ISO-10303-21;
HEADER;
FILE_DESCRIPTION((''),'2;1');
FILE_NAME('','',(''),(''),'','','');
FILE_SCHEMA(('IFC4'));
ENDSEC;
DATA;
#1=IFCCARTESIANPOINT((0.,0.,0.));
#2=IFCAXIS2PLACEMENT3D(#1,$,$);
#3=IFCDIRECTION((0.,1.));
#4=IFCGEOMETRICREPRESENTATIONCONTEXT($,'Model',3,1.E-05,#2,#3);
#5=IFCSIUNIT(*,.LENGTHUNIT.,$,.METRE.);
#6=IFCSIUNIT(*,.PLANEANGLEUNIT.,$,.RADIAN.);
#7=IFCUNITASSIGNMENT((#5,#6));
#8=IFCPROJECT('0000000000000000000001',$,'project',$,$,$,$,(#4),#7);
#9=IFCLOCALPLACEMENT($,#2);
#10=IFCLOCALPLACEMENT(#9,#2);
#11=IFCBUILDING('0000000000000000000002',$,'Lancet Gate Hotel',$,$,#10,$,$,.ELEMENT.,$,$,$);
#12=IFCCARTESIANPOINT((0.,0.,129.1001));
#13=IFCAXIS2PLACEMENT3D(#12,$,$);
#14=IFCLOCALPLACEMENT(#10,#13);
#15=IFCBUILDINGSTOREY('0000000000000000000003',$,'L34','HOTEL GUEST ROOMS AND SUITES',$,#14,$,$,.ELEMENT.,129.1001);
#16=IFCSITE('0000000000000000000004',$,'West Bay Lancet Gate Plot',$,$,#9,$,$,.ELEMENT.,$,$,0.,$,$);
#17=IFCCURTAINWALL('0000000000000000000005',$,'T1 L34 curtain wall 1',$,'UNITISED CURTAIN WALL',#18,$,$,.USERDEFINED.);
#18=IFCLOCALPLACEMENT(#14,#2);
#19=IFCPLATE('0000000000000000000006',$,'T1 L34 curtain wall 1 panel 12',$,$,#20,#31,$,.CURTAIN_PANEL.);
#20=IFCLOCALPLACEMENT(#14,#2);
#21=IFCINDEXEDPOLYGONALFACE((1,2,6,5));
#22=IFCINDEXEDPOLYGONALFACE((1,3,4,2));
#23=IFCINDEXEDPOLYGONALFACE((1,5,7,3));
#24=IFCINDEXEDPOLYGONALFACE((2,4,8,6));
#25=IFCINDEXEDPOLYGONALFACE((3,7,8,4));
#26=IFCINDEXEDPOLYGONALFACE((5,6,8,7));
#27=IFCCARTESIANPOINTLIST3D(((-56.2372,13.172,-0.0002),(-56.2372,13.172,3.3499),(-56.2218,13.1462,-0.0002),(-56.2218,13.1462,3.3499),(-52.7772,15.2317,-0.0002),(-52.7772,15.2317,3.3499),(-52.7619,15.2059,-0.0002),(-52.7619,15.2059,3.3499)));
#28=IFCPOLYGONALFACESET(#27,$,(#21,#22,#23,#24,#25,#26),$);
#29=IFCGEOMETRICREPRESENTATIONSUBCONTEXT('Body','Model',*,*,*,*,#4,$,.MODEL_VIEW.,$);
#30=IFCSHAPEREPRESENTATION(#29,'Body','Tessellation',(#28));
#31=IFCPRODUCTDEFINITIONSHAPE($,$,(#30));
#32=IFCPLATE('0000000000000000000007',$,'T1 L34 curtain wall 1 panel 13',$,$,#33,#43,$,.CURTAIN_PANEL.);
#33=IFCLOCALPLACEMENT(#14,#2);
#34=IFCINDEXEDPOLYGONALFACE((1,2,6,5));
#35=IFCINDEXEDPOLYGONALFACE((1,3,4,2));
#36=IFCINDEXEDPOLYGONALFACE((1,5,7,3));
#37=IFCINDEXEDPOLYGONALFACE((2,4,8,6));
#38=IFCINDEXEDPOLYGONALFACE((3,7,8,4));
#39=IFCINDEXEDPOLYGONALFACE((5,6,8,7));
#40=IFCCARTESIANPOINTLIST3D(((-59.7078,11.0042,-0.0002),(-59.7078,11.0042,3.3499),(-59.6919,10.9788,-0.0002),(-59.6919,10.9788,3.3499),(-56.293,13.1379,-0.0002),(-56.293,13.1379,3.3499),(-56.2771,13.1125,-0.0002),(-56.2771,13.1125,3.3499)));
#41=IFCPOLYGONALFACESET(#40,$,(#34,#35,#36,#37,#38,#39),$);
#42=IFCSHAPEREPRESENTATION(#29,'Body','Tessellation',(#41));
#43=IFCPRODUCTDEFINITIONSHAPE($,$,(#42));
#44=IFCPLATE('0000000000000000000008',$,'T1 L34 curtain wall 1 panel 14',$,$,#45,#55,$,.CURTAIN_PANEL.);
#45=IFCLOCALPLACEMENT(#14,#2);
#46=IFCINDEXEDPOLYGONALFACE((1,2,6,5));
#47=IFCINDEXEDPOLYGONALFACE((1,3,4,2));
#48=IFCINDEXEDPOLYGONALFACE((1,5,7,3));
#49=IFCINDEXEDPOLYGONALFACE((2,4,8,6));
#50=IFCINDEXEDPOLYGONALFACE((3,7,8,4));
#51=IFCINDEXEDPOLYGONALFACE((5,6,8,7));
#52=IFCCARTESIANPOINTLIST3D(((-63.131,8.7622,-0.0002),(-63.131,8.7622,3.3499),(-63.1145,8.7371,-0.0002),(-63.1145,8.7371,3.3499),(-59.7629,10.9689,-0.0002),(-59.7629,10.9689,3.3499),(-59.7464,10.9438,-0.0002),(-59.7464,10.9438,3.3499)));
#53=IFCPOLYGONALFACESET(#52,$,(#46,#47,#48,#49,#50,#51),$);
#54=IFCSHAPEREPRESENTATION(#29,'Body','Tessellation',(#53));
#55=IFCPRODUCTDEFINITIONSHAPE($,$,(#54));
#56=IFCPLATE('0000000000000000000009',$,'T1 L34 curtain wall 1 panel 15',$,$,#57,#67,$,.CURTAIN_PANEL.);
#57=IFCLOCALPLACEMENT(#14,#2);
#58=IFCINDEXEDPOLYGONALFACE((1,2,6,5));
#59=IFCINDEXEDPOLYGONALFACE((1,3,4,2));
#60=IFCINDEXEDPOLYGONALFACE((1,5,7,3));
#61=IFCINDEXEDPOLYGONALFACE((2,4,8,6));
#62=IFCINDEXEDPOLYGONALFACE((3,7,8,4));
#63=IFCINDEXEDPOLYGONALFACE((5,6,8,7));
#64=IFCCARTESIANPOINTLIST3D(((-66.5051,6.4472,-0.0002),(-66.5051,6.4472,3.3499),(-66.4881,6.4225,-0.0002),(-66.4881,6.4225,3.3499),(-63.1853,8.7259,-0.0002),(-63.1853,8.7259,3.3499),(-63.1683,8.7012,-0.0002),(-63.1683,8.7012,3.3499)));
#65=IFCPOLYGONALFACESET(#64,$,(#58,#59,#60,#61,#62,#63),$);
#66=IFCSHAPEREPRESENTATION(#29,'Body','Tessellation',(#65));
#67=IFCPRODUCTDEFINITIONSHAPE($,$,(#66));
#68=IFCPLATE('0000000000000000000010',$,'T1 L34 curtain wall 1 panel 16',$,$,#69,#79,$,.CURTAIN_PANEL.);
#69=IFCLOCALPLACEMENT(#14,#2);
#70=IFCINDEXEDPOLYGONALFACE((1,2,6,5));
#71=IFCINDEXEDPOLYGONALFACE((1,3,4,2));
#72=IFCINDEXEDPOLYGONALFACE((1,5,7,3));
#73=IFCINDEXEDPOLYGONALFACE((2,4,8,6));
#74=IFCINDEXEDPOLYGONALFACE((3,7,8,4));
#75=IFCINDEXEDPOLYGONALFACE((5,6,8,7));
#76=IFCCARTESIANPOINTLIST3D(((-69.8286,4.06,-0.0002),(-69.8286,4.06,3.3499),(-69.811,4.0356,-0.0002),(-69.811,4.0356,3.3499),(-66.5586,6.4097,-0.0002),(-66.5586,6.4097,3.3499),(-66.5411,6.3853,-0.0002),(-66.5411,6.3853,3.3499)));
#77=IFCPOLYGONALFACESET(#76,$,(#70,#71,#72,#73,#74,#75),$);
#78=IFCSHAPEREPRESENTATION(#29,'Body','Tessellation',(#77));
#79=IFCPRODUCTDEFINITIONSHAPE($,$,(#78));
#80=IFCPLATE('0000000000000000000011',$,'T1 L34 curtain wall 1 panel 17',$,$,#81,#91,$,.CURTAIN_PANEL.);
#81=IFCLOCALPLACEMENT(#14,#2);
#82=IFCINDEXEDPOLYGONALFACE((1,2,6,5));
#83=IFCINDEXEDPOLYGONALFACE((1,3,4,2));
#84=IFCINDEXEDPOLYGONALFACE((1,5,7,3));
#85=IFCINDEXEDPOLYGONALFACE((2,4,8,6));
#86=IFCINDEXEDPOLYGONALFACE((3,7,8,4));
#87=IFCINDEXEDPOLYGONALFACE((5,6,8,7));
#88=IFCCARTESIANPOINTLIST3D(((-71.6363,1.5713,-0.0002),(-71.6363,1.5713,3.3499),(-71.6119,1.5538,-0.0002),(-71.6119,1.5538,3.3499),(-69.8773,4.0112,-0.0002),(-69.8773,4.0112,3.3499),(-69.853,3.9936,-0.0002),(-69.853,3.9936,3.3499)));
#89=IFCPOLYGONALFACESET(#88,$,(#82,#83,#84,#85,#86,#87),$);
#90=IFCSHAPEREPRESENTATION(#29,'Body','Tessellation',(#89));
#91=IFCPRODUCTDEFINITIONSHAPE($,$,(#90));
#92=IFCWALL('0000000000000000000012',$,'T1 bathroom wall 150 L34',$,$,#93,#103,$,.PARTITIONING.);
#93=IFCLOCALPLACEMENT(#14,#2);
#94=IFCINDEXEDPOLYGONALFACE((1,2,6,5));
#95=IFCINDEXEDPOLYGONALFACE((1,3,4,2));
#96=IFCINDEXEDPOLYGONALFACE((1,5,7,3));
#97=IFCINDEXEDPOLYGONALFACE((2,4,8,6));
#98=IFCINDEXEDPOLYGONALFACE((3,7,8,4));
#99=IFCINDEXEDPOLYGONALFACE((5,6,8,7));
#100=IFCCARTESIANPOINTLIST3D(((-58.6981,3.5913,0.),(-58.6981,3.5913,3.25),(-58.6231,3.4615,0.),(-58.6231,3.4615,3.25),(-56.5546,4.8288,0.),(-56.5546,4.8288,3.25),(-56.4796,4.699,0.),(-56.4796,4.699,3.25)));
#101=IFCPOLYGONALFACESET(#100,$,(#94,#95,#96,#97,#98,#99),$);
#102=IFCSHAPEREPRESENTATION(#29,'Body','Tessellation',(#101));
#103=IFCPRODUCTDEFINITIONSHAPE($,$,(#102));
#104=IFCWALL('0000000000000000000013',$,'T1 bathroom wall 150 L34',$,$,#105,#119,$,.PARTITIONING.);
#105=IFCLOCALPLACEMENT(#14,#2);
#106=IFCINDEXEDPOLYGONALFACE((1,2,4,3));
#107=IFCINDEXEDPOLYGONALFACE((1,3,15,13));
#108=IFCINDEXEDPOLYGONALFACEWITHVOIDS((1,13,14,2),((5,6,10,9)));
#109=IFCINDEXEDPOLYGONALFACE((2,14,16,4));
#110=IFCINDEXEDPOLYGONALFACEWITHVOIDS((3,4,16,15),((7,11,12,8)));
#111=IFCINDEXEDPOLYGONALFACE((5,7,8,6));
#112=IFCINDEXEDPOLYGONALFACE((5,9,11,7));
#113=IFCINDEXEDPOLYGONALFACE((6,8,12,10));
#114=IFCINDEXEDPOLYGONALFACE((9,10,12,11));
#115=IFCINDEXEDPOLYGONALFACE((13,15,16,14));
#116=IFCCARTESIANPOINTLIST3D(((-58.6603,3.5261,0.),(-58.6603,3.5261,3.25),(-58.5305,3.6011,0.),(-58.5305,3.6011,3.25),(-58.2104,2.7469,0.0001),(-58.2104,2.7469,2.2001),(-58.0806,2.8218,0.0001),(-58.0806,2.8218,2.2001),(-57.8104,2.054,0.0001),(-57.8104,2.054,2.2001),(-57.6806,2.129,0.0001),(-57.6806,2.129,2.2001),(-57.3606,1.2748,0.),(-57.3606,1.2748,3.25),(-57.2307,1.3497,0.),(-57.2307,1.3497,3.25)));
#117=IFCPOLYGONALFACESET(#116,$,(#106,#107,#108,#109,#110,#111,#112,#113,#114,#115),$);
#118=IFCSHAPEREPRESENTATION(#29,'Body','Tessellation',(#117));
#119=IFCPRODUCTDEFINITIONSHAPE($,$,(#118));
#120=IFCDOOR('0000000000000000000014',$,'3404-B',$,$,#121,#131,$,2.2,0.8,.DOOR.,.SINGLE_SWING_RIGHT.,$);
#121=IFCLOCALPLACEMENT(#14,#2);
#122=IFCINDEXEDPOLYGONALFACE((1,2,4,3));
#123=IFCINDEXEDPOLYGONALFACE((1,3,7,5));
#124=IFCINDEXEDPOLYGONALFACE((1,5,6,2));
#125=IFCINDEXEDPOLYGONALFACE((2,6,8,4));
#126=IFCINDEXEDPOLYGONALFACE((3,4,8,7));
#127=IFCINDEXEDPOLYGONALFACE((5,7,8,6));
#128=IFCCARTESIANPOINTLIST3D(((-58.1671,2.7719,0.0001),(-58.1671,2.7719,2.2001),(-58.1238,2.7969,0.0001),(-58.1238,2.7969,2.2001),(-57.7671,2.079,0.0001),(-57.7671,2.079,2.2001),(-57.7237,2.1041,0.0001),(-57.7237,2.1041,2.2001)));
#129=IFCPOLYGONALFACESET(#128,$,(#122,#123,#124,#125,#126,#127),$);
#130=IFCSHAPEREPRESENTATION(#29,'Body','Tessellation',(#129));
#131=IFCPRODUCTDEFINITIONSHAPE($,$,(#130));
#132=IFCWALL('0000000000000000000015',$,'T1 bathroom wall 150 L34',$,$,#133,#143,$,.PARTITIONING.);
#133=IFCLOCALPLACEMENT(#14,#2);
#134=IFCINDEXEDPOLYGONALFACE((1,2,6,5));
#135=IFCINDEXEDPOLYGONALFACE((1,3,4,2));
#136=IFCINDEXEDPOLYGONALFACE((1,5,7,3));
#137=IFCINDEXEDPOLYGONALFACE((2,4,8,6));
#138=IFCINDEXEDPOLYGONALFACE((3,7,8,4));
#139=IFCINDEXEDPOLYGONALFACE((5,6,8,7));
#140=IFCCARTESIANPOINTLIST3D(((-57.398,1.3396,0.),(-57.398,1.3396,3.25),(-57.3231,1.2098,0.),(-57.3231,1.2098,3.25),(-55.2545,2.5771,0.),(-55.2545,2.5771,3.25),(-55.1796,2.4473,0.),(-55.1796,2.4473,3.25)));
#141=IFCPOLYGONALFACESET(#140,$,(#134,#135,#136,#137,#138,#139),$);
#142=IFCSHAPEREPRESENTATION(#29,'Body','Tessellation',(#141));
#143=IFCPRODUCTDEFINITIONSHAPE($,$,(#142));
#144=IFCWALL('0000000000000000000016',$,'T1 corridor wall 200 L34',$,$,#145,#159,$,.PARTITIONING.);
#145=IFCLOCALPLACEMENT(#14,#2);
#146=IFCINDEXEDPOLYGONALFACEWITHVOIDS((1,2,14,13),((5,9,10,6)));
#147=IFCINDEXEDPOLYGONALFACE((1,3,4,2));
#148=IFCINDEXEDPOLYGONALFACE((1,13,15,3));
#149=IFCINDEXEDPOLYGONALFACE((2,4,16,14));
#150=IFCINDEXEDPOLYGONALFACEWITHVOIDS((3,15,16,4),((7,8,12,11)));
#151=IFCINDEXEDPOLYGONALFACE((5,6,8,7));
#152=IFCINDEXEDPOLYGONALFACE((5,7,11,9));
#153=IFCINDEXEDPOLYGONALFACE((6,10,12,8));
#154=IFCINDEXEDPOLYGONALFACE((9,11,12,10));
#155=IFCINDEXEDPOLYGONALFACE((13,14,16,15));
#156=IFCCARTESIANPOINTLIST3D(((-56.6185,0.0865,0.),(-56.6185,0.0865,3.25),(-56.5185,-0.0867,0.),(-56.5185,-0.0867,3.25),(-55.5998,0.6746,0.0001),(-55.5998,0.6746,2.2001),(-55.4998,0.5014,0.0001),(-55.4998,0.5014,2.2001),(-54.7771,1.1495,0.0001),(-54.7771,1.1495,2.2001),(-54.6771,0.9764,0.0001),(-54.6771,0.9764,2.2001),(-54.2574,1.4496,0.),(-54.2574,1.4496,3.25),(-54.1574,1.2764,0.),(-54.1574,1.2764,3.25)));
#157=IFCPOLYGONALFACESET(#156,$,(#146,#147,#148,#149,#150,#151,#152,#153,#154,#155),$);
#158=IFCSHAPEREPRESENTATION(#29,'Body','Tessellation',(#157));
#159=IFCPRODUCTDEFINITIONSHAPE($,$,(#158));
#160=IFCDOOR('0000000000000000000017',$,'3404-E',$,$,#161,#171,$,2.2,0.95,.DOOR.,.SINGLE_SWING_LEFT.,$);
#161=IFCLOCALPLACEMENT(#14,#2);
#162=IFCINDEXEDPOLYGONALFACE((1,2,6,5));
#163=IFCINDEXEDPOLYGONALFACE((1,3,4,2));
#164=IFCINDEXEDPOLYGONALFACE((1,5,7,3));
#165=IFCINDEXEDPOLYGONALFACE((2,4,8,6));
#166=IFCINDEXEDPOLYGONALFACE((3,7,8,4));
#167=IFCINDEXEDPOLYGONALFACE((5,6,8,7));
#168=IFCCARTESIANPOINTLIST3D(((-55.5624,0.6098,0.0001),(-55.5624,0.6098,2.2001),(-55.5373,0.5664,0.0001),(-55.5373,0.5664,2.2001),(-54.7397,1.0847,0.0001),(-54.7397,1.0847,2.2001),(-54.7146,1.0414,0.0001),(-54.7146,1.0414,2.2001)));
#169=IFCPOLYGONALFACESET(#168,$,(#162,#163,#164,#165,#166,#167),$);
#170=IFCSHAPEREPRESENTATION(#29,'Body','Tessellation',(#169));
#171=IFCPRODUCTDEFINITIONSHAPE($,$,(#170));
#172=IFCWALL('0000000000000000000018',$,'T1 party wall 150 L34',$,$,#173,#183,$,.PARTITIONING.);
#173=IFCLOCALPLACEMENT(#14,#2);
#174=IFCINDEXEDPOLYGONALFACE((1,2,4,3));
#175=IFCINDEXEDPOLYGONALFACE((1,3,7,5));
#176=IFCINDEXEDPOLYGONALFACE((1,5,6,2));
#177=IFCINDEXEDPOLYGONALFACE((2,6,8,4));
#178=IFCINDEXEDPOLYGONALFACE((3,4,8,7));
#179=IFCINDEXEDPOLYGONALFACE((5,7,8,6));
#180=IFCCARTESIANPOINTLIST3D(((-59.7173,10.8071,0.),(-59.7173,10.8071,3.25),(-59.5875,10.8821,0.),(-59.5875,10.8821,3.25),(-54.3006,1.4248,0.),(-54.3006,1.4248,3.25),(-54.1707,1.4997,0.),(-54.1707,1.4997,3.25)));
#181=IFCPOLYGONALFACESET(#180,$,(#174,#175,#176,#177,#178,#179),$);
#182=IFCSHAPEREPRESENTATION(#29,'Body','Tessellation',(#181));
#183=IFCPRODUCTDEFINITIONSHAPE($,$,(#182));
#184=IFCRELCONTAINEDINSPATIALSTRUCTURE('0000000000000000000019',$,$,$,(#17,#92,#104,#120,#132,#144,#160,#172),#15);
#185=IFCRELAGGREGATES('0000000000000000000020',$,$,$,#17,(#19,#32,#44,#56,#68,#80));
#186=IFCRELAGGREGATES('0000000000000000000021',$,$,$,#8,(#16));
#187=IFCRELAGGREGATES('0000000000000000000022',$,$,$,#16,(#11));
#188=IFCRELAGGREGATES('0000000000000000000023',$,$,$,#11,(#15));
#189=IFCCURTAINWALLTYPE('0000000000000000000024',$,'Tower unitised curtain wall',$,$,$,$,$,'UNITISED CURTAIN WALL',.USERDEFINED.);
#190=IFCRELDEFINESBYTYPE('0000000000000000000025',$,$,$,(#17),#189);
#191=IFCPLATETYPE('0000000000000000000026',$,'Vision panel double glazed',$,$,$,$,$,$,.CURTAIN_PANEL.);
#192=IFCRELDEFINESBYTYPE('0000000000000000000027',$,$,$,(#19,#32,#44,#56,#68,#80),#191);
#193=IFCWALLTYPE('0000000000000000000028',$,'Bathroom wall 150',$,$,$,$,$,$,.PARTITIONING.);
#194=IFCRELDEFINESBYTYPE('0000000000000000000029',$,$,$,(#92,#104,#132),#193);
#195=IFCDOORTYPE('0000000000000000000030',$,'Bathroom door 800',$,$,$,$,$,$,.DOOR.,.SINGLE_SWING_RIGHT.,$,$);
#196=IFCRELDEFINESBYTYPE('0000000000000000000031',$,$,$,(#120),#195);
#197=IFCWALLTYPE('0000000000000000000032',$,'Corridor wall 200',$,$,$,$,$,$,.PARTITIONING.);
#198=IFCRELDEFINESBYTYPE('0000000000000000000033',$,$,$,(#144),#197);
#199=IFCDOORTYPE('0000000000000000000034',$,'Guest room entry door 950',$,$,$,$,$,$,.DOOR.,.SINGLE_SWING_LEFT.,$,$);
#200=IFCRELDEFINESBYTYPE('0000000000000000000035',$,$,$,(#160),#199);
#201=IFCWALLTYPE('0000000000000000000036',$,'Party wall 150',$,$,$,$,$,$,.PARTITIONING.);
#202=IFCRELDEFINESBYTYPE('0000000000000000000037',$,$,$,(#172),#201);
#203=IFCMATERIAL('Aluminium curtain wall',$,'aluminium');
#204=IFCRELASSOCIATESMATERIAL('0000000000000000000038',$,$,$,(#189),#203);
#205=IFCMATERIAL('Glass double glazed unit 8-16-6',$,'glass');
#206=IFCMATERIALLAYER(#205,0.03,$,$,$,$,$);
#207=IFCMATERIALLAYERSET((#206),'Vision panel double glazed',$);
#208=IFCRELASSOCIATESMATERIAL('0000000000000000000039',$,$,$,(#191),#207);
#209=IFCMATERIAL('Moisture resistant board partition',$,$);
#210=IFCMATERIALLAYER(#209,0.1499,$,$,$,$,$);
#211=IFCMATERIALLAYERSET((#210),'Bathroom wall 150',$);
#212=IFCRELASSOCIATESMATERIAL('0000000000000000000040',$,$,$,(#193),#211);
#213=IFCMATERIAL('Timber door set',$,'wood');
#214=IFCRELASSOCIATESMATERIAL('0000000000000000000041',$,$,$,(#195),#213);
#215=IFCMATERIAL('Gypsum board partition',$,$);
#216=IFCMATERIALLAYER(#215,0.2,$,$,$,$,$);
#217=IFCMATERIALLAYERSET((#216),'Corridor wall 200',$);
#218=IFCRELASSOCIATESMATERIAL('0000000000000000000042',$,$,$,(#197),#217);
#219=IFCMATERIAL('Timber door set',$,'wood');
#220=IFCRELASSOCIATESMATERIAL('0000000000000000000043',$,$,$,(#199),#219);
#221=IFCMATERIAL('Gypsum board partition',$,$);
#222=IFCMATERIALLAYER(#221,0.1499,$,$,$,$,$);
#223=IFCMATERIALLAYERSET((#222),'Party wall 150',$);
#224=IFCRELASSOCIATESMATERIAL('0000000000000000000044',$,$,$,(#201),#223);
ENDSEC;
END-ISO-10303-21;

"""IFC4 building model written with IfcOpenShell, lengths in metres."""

from ifc_helpers import new_model, si_unit, direction, frame, frame_2d, origin, origin_2d, place, context, subcontext, project, spatial, rectangle, extrude, material, layer, layer_set, type_object, element, fill, aggregate, save


model = new_model("IFC4")

# Units and contexts
model_context = context("Model", 3, precision=1e-05, world=origin(), true_north=direction((0.0, 1.0)))
body_context = subcontext(model_context, "Body", "Model", "MODEL_VIEW")
ifc_project = project(units=[si_unit("LENGTHUNIT", "METRE"), si_unit("PLANEANGLEUNIT", "RADIAN")], contexts=[model_context])

# Site, building, storey
site_placement = place(None, origin())
site = spatial("IfcSite", under=ifc_project, at=site_placement, Name="West Bay Lancet Gate Plot", CompositionType="ELEMENT", RefElevation=0.0)
building_placement = place(site_placement, origin())
building = spatial("IfcBuilding", under=site, at=building_placement, Name="Lancet Gate Hotel", CompositionType="ELEMENT")
storey_placement = place(building_placement, frame((0.0, 0.0, 129.1001)))
storey = spatial("IfcBuildingStorey", under=building, at=storey_placement, Name="L34", Description="HOTEL GUEST ROOMS AND SUITES", CompositionType="ELEMENT", Elevation=129.1001)

# Curtain wall
ifc_material_1 = material(Name="Aluminium curtain wall", Category="aluminium")
curtain_wall_type = type_object("IfcCurtainWallType", Name="Tower unitised curtain wall", ElementType="UNITISED CURTAIN WALL", PredefinedType="USERDEFINED", material=ifc_material_1)
curtain_wall_placement = place(storey_placement, origin())
curtain_wall = element("IfcCurtainWall", 1, at=curtain_wall_placement, inside=storey, type_object=curtain_wall_type, Name="T1 L34 curtain wall 1", ObjectType="UNITISED CURTAIN WALL", PredefinedType="USERDEFINED")

# Plates
ifc_material_2 = material(Name="Glass double glazed unit 8-16-6", Category="glass")
ifc_layer_1 = layer(ifc_material_2, 0.03)
ifc_layer_set_1 = layer_set([ifc_layer_1], Name="Vision panel double glazed")
plate_type = type_object("IfcPlateType", Name="Vision panel double glazed", PredefinedType="CURTAIN_PANEL", material=ifc_layer_set_1)
plate_1_placement = place(storey_placement, frame((-54.4995, 14.189, -0.0002), z_axis=(0.0, 0.0, 1.0), x_axis=(-0.859271, -0.51152, 0.0)))
plate_1 = element("IfcPlate", 2, at=plate_1_placement, type_object=plate_type, Name="T1 L34 curtain wall 1 panel 12", PredefinedType="CURTAIN_PANEL", context=body_context, shape_type="SweptSolid", body=[
    extrude(rectangle(XDim=4.0266, YDim=0.03, at=origin_2d()), origin(), (0.0, 0.0, 1.0), 3.3501),
])
plate_2_placement = place(storey_placement, frame((-57.9924, 12.0583, -0.0002), z_axis=(0.0, 0.0, 1.0), x_axis=(-0.848061, -0.529899, 0.0)))
plate_2 = element("IfcPlate", 3, at=plate_2_placement, type_object=plate_type, Name="T1 L34 curtain wall 1 panel 13", PredefinedType="CURTAIN_PANEL", context=body_context, shape_type="SweptSolid", body=[
    extrude(rectangle(XDim=4.0266, YDim=0.03, at=origin_2d()), origin(), (0.0, 0.0, 1.0), 3.3501),
])
plate_3_placement = place(storey_placement, frame((-61.4387, 9.853, -0.0002), z_axis=(0.0, 0.0, 1.0), x_axis=(-0.836458, -0.548032, 0.0)))
plate_3 = element("IfcPlate", 4, at=plate_3_placement, type_object=plate_type, Name="T1 L34 curtain wall 1 panel 14", PredefinedType="CURTAIN_PANEL", context=body_context, shape_type="SweptSolid", body=[
    extrude(rectangle(XDim=4.0266, YDim=0.03, at=origin_2d()), origin(), (0.0, 0.0, 1.0), 3.3501),
])
plate_4_placement = place(storey_placement, frame((-64.8367, 7.5742, -0.0002), z_axis=(0.0, 0.0, 1.0), x_axis=(-0.824466, -0.565911, 0.0)))
plate_4 = element("IfcPlate", 5, at=plate_4_placement, type_object=plate_type, Name="T1 L34 curtain wall 1 panel 15", PredefinedType="CURTAIN_PANEL", context=body_context, shape_type="SweptSolid", body=[
    extrude(rectangle(XDim=4.0266, YDim=0.03, at=origin_2d()), origin(), (0.0, 0.0, 1.0), 3.3501),
])
plate_5_placement = place(storey_placement, frame((-68.1848, 5.2227, -0.0002), z_axis=(0.0, 0.0, 1.0), x_axis=(-0.812093, -0.583528, 0.0)))
plate_5 = element("IfcPlate", 6, at=plate_5_placement, type_object=plate_type, Name="T1 L34 curtain wall 1 panel 16", PredefinedType="CURTAIN_PANEL", context=body_context, shape_type="SweptSolid", body=[
    extrude(rectangle(XDim=4.0266, YDim=0.03, at=origin_2d()), origin(), (0.0, 0.0, 1.0), 3.3501),
])
plate_6_placement = place(storey_placement, frame((-70.7446, 2.7825, -0.0002), z_axis=(0.0, 0.0, 1.0), x_axis=(-0.584809, -0.811171, 0.0)))
plate_6 = element("IfcPlate", 7, at=plate_6_placement, type_object=plate_type, Name="T1 L34 curtain wall 1 panel 17", PredefinedType="CURTAIN_PANEL", context=body_context, shape_type="SweptSolid", body=[
    extrude(rectangle(XDim=3.0078, YDim=0.03, at=origin_2d()), origin(), (0.0, 0.0, 1.0), 3.3501),
])
aggregate(curtain_wall, [plate_1, plate_2, plate_3, plate_4, plate_5, plate_6])

# Wall
ifc_material_3 = material(Name="Moisture resistant board partition")
ifc_layer_2 = layer(ifc_material_3, 0.1499)
ifc_layer_set_2 = layer_set([ifc_layer_2], Name="Bathroom wall 150")
wall_type_1 = type_object("IfcWallType", Name="Bathroom wall 150", PredefinedType="PARTITIONING", material=ifc_layer_set_2)
wall_1_placement = place(storey_placement, frame((-56.5171, 4.7639, 0.0), z_axis=(0.0, 0.0, 1.0), x_axis=(-0.866031, -0.49999, 0.0)))
element("IfcWall", 8, at=wall_1_placement, inside=storey, type_object=wall_type_1, Name="T1 bathroom wall 150 L34", PredefinedType="PARTITIONING", context=body_context, shape_type="SweptSolid", body=[
    extrude(rectangle(XDim=2.4751, YDim=0.1499, at=frame_2d((1.2375, 0.0))), origin(), (0.0, 0.0, 1.0), 3.25),
])

# Wall, opening, door
wall_2_placement = place(storey_placement, frame((-57.2957, 1.3123, 0.0), z_axis=(0.0, 0.0, 1.0), x_axis=(-0.499977, 0.866039, 0.0)))
wall_2 = element("IfcWall", 9, at=wall_2_placement, inside=storey, type_object=wall_type_1, Name="T1 bathroom wall 150 L34", PredefinedType="PARTITIONING", context=body_context, shape_type="SweptSolid", body=[
    extrude(rectangle(XDim=2.5996, YDim=0.1499, at=frame_2d((1.2998, 0.0))), origin(), (0.0, 0.0, 1.0), 3.25),
])
opening_1_placement = place(wall_2_placement, frame((0.8999, 0.0, 0.0)))
opening_1 = element("IfcOpeningElement", 10, at=opening_1_placement, cuts=wall_2, PredefinedType="OPENING", context=body_context, shape_type="SweptSolid", body=[
    extrude(rectangle(XDim=0.8, YDim=2.2, at=frame_2d((0.3999, 1.1001))), frame((0.0, 0.085, 0.0), z_axis=(0.0, -1.0, 0.0), x_axis=(1.0, 0.0, 0.0)), (0.0, 0.0, 1.0), 0.1699),
])
ifc_material_4 = material(Name="Timber door set", Category="wood")
door_type_1 = type_object("IfcDoorType", Name="Bathroom door 800", OperationType="SINGLE_SWING_RIGHT", PredefinedType="DOOR", material=ifc_material_4)
door_1_placement = place(opening_1_placement, origin())
door_1 = element("IfcDoor", 11, at=door_1_placement, inside=storey, type_object=door_type_1, Name="3404-B", OperationType="SINGLE_SWING_RIGHT", OverallHeight=2.2, OverallWidth=0.8, PredefinedType="DOOR", context=body_context, shape_type="SweptSolid", body=[
    extrude(rectangle(XDim=0.8, YDim=2.2, at=frame_2d((0.3999, 1.1001))), frame((0.0, 0.0249, 0.0), z_axis=(0.0, -1.0, 0.0), x_axis=(1.0, 0.0, 0.0)), (0.0, 0.0, 1.0), 0.05),
])
fill(opening_1, door_1)

# Wall
wall_3_placement = place(storey_placement, frame((-55.217, 2.5122, 0.0), z_axis=(0.0, 0.0, 1.0), x_axis=(-0.866031, -0.49999, 0.0)))
element("IfcWall", 12, at=wall_3_placement, inside=storey, type_object=wall_type_1, Name="T1 bathroom wall 150 L34", PredefinedType="PARTITIONING", context=body_context, shape_type="SweptSolid", body=[
    extrude(rectangle(XDim=2.4751, YDim=0.1499, at=frame_2d((1.2375, 0.0))), origin(), (0.0, 0.0, 1.0), 3.25),
])

# Wall, opening, door
ifc_material_5 = material(Name="Gypsum board partition")
ifc_layer_3 = layer(ifc_material_5, 0.2)
ifc_layer_set_3 = layer_set([ifc_layer_3], Name="Corridor wall 200")
wall_type_2 = type_object("IfcWallType", Name="Corridor wall 200", PredefinedType="PARTITIONING", material=ifc_layer_set_3)
wall_4_placement = place(storey_placement, frame((-54.2073, 1.363, 0.0), z_axis=(0.0, 0.0, 1.0), x_axis=(-0.866047, -0.499963, 0.0)))
wall_4 = element("IfcWall", 13, at=wall_4_placement, inside=storey, type_object=wall_type_2, Name="T1 corridor wall 200 L34", PredefinedType="PARTITIONING", context=body_context, shape_type="SweptSolid", body=[
    extrude(rectangle(XDim=2.7263, YDim=0.2, at=frame_2d((1.3633, 0.0))), origin(), (0.0, 0.0, 1.0), 3.25),
])
opening_2_placement = place(wall_4_placement, frame((0.6001, 0.0, 0.0)))
opening_2 = element("IfcOpeningElement", 14, at=opening_2_placement, cuts=wall_4, PredefinedType="OPENING", context=body_context, shape_type="SweptSolid", body=[
    extrude(rectangle(XDim=0.95, YDim=2.2, at=frame_2d((0.4751, 1.1001))), frame((0.0, 0.1099, 0.0), z_axis=(0.0, -1.0, 0.0), x_axis=(1.0, 0.0, 0.0)), (0.0, 0.0, 1.0), 0.22),
])
ifc_material_6 = material(Name="Timber door set", Category="wood")
door_type_2 = type_object("IfcDoorType", Name="Guest room entry door 950", OperationType="SINGLE_SWING_LEFT", PredefinedType="DOOR", material=ifc_material_6)
door_2_placement = place(opening_2_placement, origin())
door_2 = element("IfcDoor", 15, at=door_2_placement, inside=storey, type_object=door_type_2, Name="3404-E", OperationType="SINGLE_SWING_LEFT", OverallHeight=2.2, OverallWidth=0.95, PredefinedType="DOOR", context=body_context, shape_type="SweptSolid", body=[
    extrude(rectangle(XDim=0.95, YDim=2.2, at=frame_2d((0.4751, 1.1001))), frame((0.0, 0.0249, 0.0), z_axis=(0.0, -1.0, 0.0), x_axis=(1.0, 0.0, 0.0)), (0.0, 0.0, 1.0), 0.05),
])
fill(opening_2, door_2)

# Wall
ifc_material_7 = material(Name="Gypsum board partition")
ifc_layer_4 = layer(ifc_material_7, 0.1499)
ifc_layer_set_4 = layer_set([ifc_layer_4], Name="Party wall 150")
wall_type_3 = type_object("IfcWallType", Name="Party wall 150", PredefinedType="PARTITIONING", material=ifc_layer_set_4)
wall_5_placement = place(storey_placement, frame((-54.2356, 1.4622, 0.0), z_axis=(0.0, 0.0, 1.0), x_axis=(-0.49999, 0.866031, 0.0)))
element("IfcWall", 16, at=wall_5_placement, inside=storey, type_object=wall_type_3, Name="T1 party wall 150 L34", PredefinedType="PARTITIONING", context=body_context, shape_type="SweptSolid", body=[
    extrude(rectangle(XDim=10.8337, YDim=0.1499, at=frame_2d((5.417, 0.0))), origin(), (0.0, 0.0, 1.0), 3.25),
])

save(model, "model.ifc")
